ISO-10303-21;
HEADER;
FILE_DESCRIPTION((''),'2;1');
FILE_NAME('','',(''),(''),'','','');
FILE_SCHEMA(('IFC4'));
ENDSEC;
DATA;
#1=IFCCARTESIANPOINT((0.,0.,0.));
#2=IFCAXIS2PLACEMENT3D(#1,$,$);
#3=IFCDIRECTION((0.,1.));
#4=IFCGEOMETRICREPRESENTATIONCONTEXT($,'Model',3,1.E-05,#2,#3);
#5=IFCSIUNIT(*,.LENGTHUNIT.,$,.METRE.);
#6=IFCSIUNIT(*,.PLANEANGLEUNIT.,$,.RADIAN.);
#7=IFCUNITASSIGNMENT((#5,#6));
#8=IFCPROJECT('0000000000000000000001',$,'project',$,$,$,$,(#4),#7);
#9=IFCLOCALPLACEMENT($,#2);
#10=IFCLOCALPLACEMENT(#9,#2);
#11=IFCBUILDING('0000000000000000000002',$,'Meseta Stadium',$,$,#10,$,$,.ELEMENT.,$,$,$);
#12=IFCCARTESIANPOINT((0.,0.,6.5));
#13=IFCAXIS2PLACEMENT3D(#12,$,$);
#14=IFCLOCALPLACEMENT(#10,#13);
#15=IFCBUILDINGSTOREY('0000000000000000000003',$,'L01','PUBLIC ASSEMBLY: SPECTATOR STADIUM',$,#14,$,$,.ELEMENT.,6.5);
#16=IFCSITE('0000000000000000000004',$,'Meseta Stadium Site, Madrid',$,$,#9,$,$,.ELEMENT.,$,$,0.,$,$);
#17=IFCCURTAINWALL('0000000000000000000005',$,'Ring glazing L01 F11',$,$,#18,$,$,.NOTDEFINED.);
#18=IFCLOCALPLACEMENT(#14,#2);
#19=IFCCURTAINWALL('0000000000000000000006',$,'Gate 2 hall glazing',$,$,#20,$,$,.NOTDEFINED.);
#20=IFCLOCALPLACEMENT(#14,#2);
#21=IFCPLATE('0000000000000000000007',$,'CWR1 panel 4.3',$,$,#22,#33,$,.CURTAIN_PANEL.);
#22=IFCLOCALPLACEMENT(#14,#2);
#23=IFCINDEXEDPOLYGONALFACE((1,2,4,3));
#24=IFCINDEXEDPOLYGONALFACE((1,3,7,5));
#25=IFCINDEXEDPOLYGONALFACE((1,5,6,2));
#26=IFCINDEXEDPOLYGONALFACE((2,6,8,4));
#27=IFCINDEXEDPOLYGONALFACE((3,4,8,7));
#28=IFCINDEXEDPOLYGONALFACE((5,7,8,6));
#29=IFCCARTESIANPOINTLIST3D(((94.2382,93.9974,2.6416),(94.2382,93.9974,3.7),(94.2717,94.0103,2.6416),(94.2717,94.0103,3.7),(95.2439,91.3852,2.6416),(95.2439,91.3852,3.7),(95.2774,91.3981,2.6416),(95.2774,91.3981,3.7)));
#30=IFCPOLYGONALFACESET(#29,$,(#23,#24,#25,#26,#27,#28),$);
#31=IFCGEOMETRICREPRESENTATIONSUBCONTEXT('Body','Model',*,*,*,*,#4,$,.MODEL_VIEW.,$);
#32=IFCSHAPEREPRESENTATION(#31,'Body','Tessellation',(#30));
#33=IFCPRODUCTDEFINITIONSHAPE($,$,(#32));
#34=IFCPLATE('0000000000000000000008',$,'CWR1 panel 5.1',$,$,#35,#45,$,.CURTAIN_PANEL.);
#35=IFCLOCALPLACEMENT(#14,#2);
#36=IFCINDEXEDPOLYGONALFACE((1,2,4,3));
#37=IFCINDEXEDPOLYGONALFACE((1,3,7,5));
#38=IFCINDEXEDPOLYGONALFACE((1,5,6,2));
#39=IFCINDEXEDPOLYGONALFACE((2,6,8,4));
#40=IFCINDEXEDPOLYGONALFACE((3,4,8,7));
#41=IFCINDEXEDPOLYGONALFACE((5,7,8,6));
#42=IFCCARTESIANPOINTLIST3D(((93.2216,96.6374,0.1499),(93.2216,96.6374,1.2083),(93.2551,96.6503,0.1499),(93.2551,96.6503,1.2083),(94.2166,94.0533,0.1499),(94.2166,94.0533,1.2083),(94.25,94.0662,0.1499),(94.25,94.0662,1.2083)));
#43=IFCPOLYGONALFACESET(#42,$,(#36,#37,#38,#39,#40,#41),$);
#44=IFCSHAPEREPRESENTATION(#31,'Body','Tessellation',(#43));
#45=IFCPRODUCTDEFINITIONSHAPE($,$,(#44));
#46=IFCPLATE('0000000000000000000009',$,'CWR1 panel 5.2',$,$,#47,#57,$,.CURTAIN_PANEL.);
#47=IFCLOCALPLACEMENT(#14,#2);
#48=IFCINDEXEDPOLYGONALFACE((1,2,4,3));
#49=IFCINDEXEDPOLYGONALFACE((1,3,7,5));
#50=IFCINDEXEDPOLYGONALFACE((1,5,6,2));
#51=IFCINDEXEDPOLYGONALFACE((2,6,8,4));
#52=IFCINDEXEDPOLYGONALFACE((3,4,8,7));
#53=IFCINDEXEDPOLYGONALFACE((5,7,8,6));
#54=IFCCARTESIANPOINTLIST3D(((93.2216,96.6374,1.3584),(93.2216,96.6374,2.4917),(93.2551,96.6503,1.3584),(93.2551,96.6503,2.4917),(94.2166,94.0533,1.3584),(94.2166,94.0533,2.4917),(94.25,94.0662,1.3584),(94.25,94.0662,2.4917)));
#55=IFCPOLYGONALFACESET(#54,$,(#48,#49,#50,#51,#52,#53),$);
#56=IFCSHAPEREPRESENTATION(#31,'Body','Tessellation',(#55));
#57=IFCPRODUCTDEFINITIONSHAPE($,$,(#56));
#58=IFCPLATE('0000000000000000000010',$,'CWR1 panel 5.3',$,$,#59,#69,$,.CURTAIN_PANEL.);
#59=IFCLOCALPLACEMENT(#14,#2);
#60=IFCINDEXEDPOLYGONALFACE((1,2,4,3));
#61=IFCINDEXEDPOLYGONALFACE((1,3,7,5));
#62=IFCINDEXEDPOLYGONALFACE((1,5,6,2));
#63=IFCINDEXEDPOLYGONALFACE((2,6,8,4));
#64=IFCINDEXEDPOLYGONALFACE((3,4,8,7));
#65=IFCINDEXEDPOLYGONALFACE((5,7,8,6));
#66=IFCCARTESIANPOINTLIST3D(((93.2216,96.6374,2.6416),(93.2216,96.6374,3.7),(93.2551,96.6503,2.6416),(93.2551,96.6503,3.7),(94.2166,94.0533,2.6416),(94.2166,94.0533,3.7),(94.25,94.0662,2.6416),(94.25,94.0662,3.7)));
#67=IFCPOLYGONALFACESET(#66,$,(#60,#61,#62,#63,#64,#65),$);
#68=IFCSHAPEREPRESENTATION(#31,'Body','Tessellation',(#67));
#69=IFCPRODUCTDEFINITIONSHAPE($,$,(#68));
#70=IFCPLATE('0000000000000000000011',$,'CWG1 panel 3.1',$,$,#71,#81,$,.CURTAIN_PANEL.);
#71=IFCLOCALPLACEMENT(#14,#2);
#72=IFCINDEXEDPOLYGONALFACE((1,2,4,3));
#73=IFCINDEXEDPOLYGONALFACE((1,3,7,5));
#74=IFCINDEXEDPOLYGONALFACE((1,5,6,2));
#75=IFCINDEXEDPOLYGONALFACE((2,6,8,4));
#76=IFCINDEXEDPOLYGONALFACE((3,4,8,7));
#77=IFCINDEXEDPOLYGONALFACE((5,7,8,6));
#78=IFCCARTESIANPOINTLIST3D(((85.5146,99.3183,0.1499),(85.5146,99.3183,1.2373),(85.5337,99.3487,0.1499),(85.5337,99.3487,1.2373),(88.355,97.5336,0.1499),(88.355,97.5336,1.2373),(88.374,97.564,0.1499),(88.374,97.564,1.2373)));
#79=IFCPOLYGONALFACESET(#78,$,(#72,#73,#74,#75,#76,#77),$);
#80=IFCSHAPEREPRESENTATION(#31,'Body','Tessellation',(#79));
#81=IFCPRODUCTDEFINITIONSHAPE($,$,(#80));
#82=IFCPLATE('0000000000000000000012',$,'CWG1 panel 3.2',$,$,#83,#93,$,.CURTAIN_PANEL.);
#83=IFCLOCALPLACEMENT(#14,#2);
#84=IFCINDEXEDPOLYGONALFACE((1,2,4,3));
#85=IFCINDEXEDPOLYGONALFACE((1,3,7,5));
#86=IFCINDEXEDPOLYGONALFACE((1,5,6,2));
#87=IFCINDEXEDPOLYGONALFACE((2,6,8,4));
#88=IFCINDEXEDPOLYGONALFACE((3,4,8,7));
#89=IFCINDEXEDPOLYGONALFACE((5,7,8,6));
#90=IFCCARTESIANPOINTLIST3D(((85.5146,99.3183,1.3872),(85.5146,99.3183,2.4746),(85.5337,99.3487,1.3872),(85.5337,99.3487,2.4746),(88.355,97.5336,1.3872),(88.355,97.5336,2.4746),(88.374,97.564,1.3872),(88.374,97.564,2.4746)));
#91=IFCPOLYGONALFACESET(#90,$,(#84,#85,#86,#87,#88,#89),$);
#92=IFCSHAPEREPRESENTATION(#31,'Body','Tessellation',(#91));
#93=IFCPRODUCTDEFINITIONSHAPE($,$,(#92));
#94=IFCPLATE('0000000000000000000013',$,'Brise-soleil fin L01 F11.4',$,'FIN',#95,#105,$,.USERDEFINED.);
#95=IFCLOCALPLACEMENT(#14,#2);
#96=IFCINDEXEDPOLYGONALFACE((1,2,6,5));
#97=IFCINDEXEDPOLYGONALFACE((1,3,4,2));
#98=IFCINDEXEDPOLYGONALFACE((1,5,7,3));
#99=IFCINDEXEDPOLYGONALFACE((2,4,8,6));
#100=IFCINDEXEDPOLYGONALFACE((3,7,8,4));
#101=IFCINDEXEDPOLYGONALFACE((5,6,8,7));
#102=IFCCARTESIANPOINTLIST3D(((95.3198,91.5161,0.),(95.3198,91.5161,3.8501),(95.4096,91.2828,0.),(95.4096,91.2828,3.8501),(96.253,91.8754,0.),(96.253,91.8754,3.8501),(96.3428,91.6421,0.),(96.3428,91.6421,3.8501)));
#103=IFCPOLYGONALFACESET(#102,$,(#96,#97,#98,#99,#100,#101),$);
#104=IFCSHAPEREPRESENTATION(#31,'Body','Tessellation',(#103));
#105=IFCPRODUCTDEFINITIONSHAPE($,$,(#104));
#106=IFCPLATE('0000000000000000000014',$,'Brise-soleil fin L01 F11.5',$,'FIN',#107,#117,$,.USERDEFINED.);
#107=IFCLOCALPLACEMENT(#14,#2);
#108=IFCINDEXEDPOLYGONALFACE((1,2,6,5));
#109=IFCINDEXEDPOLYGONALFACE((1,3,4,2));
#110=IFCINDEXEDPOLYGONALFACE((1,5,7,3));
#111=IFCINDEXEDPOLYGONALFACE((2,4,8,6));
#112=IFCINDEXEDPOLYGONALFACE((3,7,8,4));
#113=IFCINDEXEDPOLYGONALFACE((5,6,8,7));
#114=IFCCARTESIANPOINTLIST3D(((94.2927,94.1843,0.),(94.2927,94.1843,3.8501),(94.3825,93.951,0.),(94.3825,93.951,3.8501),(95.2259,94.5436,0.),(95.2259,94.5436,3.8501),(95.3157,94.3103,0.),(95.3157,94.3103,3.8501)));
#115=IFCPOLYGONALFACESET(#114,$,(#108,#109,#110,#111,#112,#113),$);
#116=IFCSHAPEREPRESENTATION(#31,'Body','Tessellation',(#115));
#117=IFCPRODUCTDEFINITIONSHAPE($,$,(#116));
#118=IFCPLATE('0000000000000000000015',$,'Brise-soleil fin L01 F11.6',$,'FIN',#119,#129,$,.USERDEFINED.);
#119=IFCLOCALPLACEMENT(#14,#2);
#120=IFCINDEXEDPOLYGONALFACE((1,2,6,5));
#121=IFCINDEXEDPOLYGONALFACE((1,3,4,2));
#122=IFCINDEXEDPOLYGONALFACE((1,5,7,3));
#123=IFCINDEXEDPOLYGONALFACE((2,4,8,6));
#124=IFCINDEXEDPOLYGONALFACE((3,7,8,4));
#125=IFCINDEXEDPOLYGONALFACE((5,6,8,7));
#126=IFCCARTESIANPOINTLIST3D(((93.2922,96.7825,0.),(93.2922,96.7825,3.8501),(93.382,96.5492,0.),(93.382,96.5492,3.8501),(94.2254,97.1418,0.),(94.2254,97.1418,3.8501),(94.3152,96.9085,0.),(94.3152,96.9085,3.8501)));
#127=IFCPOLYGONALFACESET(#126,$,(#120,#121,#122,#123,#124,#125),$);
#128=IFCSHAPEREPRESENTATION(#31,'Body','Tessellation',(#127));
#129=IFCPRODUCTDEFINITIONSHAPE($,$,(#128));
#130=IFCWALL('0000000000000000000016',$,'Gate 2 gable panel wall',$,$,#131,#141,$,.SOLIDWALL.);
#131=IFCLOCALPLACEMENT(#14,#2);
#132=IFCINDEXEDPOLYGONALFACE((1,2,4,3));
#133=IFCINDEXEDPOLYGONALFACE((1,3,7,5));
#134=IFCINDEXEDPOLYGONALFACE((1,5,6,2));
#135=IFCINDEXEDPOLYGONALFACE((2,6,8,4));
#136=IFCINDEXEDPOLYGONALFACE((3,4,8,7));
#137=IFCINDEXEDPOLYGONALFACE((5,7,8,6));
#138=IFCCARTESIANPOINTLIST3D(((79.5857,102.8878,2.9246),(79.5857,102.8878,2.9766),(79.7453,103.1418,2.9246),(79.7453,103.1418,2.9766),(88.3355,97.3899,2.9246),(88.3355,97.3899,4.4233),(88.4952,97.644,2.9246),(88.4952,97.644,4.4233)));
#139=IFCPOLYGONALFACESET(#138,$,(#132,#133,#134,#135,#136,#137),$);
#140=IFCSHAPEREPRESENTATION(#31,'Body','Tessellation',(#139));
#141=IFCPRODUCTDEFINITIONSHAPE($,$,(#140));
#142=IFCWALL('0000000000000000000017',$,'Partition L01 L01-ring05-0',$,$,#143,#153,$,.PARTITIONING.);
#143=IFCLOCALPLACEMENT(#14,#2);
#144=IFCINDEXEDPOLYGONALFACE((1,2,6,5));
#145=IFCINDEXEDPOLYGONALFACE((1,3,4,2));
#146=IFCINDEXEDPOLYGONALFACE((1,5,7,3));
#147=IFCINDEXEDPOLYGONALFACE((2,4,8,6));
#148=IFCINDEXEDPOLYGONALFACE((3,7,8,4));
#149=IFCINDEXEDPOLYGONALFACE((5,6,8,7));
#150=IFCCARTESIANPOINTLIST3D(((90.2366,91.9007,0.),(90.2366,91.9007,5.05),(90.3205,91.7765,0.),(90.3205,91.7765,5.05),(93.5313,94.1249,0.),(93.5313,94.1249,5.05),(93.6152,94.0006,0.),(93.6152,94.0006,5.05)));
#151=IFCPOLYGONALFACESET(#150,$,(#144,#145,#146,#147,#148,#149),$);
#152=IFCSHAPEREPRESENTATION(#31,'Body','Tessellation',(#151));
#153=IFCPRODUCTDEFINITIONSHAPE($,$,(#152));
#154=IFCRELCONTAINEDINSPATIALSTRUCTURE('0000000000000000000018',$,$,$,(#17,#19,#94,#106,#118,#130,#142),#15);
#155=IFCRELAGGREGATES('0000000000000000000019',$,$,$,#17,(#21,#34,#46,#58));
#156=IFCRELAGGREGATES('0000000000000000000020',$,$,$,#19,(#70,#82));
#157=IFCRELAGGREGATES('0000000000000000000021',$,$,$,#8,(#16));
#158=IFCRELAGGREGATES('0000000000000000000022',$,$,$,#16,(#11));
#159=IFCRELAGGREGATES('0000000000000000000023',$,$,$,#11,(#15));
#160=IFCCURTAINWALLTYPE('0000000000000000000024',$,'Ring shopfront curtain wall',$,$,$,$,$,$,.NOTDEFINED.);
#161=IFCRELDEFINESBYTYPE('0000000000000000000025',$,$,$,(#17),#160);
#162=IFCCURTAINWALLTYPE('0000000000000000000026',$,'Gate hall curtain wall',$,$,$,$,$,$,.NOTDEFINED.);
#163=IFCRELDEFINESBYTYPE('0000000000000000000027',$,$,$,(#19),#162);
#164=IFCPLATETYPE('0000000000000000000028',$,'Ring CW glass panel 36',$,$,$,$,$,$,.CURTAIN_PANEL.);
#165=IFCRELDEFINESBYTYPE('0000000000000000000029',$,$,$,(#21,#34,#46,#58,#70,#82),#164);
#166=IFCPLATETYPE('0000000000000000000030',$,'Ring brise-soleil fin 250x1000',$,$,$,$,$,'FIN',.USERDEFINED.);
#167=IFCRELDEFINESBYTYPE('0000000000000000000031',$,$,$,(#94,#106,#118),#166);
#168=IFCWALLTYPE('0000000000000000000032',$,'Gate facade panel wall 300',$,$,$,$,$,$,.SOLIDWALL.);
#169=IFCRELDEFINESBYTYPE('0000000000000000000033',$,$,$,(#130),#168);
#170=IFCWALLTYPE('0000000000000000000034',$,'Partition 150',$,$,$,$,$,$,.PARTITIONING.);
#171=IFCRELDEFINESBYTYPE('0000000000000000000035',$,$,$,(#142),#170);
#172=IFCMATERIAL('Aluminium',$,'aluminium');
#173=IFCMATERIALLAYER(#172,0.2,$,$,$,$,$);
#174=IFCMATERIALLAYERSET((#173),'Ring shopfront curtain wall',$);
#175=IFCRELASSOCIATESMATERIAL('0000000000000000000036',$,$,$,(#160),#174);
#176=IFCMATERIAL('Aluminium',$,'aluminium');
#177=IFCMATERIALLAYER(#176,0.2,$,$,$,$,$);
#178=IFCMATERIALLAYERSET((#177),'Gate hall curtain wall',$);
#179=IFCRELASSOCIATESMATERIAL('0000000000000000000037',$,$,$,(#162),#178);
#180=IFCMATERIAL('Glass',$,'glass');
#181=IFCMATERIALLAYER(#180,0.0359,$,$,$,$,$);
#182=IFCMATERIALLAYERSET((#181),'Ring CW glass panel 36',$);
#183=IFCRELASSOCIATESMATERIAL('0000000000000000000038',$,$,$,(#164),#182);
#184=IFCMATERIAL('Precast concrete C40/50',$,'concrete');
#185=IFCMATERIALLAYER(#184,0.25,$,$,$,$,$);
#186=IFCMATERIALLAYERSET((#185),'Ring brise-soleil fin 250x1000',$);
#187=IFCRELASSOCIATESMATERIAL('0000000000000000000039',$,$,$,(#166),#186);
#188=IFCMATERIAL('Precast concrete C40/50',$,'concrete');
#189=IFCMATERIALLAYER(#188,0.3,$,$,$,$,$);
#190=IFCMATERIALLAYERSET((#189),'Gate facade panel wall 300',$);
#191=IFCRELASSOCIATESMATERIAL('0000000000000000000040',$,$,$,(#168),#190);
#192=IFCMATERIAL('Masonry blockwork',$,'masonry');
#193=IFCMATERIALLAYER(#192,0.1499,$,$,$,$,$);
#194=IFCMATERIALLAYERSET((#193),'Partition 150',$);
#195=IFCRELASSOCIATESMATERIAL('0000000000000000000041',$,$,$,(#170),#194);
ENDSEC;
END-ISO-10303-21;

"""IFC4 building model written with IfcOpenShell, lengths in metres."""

from ifc_helpers import new_model, si_unit, direction, frame, frame_2d, origin, origin_2d, place, context, subcontext, project, spatial, polyline, rectangle, outline, extrude, material, layer, layer_set, type_object, element, aggregate, save


model = new_model("IFC4")

# Units and contexts
model_context = context("Model", 3, precision=1e-05, world=origin(), true_north=direction((0.0, 1.0)))
body_context = subcontext(model_context, "Body", "Model", "MODEL_VIEW")
ifc_project = project(units=[si_unit("LENGTHUNIT", "METRE"), si_unit("PLANEANGLEUNIT", "RADIAN")], contexts=[model_context])

# Site, building, storey
site_placement = place(None, origin())
site = spatial("IfcSite", under=ifc_project, at=site_placement, Name="Meseta Stadium Site, Madrid", CompositionType="ELEMENT", RefElevation=0.0)
building_placement = place(site_placement, origin())
building = spatial("IfcBuilding", under=site, at=building_placement, Name="Meseta Stadium", CompositionType="ELEMENT")
storey_placement = place(building_placement, frame((0.0, 0.0, 6.5)))
storey = spatial("IfcBuildingStorey", under=building, at=storey_placement, Name="L01", Description="PUBLIC ASSEMBLY: SPECTATOR STADIUM", CompositionType="ELEMENT", Elevation=6.5)

# Curtain walls
ifc_material_1 = material(Name="Aluminium", Category="aluminium")
ifc_layer_1 = layer(ifc_material_1, 0.2)
ifc_layer_set_1 = layer_set([ifc_layer_1], Name="Ring shopfront curtain wall")
curtain_wall_type_1 = type_object("IfcCurtainWallType", Name="Ring shopfront curtain wall", PredefinedType="NOTDEFINED", material=ifc_layer_set_1)
curtain_wall_1_placement = place(storey_placement, origin())
curtain_wall_1 = element("IfcCurtainWall", 1, at=curtain_wall_1_placement, inside=storey, type_object=curtain_wall_type_1, Name="Ring glazing L01 F11", PredefinedType="NOTDEFINED")
ifc_material_2 = material(Name="Aluminium", Category="aluminium")
ifc_layer_2 = layer(ifc_material_2, 0.2)
ifc_layer_set_2 = layer_set([ifc_layer_2], Name="Gate hall curtain wall")
curtain_wall_type_2 = type_object("IfcCurtainWallType", Name="Gate hall curtain wall", PredefinedType="NOTDEFINED", material=ifc_layer_set_2)
curtain_wall_2_placement = place(storey_placement, origin())
curtain_wall_2 = element("IfcCurtainWall", 2, at=curtain_wall_2_placement, inside=storey, type_object=curtain_wall_type_2, Name="Gate 2 hall glazing", PredefinedType="NOTDEFINED")

# Plates
ifc_material_3 = material(Name="Glass", Category="glass")
ifc_layer_3 = layer(ifc_material_3, 0.0359)
ifc_layer_set_3 = layer_set([ifc_layer_3], Name="Ring CW glass panel 36")
plate_type_1 = type_object("IfcPlateType", Name="Ring CW glass panel 36", PredefinedType="CURTAIN_PANEL", material=ifc_layer_set_3)
plate_1_placement = place(storey_placement, frame((94.7578, 92.6978, 2.6416), z_axis=(0.0, 0.0, 1.0), x_axis=(-0.359302, 0.933221, 0.0)))
plate_1 = element("IfcPlate", 3, at=plate_1_placement, type_object=plate_type_1, Name="CWR1 panel 4.3", PredefinedType="CURTAIN_PANEL", context=body_context, shape_type="SweptSolid", body=[
    extrude(rectangle(XDim=2.7991, YDim=0.0359, at=origin_2d()), origin(), (0.0, 0.0, 1.0), 1.0583),
])
plate_2_placement = place(storey_placement, frame((93.7358, 95.3518, 0.1499), z_axis=(0.0, 0.0, 1.0), x_axis=(-0.359302, 0.933221, 0.0)))
plate_2 = element("IfcPlate", 4, at=plate_2_placement, type_object=plate_type_1, Name="CWR1 panel 5.1", PredefinedType="CURTAIN_PANEL", context=body_context, shape_type="SweptSolid", body=[
    extrude(rectangle(XDim=2.769, YDim=0.0359, at=origin_2d()), origin(), (0.0, 0.0, 1.0), 1.0583),
])
plate_3_placement = place(storey_placement, frame((93.7358, 95.3518, 1.3584), z_axis=(0.0, 0.0, 1.0), x_axis=(-0.359302, 0.933221, 0.0)))
plate_3 = element("IfcPlate", 5, at=plate_3_placement, type_object=plate_type_1, Name="CWR1 panel 5.2", PredefinedType="CURTAIN_PANEL", context=body_context, shape_type="SweptSolid", body=[
    extrude(rectangle(XDim=2.769, YDim=0.0359, at=origin_2d()), origin(), (0.0, 0.0, 1.0), 1.1333),
])
plate_4_placement = place(storey_placement, frame((93.7358, 95.3518, 2.6416), z_axis=(0.0, 0.0, 1.0), x_axis=(-0.359302, 0.933221, 0.0)))
plate_4 = element("IfcPlate", 6, at=plate_4_placement, type_object=plate_type_1, Name="CWR1 panel 5.3", PredefinedType="CURTAIN_PANEL", context=body_context, shape_type="SweptSolid", body=[
    extrude(rectangle(XDim=2.769, YDim=0.0359, at=origin_2d()), origin(), (0.0, 0.0, 1.0), 1.0583),
])
aggregate(curtain_wall_1, [plate_1, plate_2, plate_3, plate_4])
plate_5_placement = place(storey_placement, frame((86.9443, 98.4412, 0.1499), z_axis=(0.0, 0.0, 1.0), x_axis=(0.846723, -0.532035, 0.0)))
plate_5 = element("IfcPlate", 7, at=plate_5_placement, type_object=plate_type_1, Name="CWG1 panel 3.1", PredefinedType="CURTAIN_PANEL", context=body_context, shape_type="SweptSolid", body=[
    extrude(rectangle(XDim=3.3545, YDim=0.0359, at=origin_2d()), origin(), (0.0, 0.0, 1.0), 1.0874),
])
plate_6_placement = place(storey_placement, frame((86.9443, 98.4412, 1.3872), z_axis=(0.0, 0.0, 1.0), x_axis=(0.846723, -0.532035, 0.0)))
plate_6 = element("IfcPlate", 8, at=plate_6_placement, type_object=plate_type_1, Name="CWG1 panel 3.2", PredefinedType="CURTAIN_PANEL", context=body_context, shape_type="SweptSolid", body=[
    extrude(rectangle(XDim=3.3545, YDim=0.0359, at=origin_2d()), origin(), (0.0, 0.0, 1.0), 1.0874),
])
aggregate(curtain_wall_2, [plate_5, plate_6])

# Plates
ifc_material_4 = material(Name="Precast concrete C40/50", Category="concrete")
ifc_layer_4 = layer(ifc_material_4, 0.25)
ifc_layer_set_4 = layer_set([ifc_layer_4], Name="Ring brise-soleil fin 250x1000")
plate_type_2 = type_object("IfcPlateType", Name="Ring brise-soleil fin 250x1000", ElementType="FIN", PredefinedType="USERDEFINED", material=ifc_layer_set_4)
for number, where, z_axis, x_axis, name in (
    (9, (95.8313, 91.5791, 0.0), (0.0, 0.0, 1.0), (-0.359298, 0.933223, 0.0), "Brise-soleil fin L01 F11.4"),
    (10, (94.8042, 94.2473, 0.0), (0.0, 0.0, 1.0), (-0.359298, 0.933223, 0.0), "Brise-soleil fin L01 F11.5"),
    (11, (93.8037, 96.8455, 0.0), (0.0, 0.0, 1.0), (-0.359298, 0.933223, 0.0), "Brise-soleil fin L01 F11.6"),
):
    element("IfcPlate", number, at=place(storey_placement, frame(where, z_axis=z_axis, x_axis=x_axis)), inside=storey, type_object=plate_type_2, Name=name, ObjectType="FIN", PredefinedType="USERDEFINED", context=body_context, shape_type="SweptSolid", body=[
        extrude(rectangle(XDim=0.25, YDim=1.0, at=origin_2d()), origin(), (0.0, 0.0, 1.0), 3.8501),
    ])

# Walls
ifc_material_5 = material(Name="Precast concrete C40/50", Category="concrete")
ifc_layer_5 = layer(ifc_material_5, 0.3)
ifc_layer_set_5 = layer_set([ifc_layer_5], Name="Gate facade panel wall 300")
wall_type_1 = type_object("IfcWallType", Name="Gate facade panel wall 300", PredefinedType="SOLIDWALL", material=ifc_layer_set_5)
wall_1_placement = place(storey_placement, frame((88.4153, 97.5168, 2.9246), z_axis=(0.0, 0.0, 1.0), x_axis=(-0.846726, 0.53203, 0.0)))
element("IfcWall", 12, at=wall_1_placement, inside=storey, type_object=wall_type_1, Name="Gate 2 gable panel wall", PredefinedType="SOLIDWALL", context=body_context, shape_type="SweptSolid", body=[
    extrude(outline(polyline([(0.0, 0.0), (10.3337, 0.0), (10.3337, 0.052), (0.0, 1.4988), (0.0, 0.0)])), frame((0.0, 0.1499, 0.0), z_axis=(0.0, -1.0, 0.0), x_axis=(1.0, 0.0, 0.0)), (0.0, 0.0, 1.0), 0.3),
])
ifc_material_6 = material(Name="Masonry blockwork", Category="masonry")
ifc_layer_6 = layer(ifc_material_6, 0.1499)
ifc_layer_set_6 = layer_set([ifc_layer_6], Name="Partition 150")
wall_type_2 = type_object("IfcWallType", Name="Partition 150", PredefinedType="PARTITIONING", material=ifc_layer_set_6)
wall_2_placement = place(storey_placement, frame((90.2786, 91.8386, 0.0), z_axis=(0.0, 0.0, 1.0), x_axis=(0.828824, 0.55951, 0.0)))
element("IfcWall", 13, at=wall_2_placement, inside=storey, type_object=wall_type_2, Name="Partition L01 L01-ring05-0", PredefinedType="PARTITIONING", context=body_context, shape_type="SweptSolid", body=[
    extrude(rectangle(XDim=3.9751, YDim=0.1499, at=frame_2d((1.9875, 0.0))), origin(), (0.0, 0.0, 1.0), 5.05),
])

save(model, "model.ifc")
